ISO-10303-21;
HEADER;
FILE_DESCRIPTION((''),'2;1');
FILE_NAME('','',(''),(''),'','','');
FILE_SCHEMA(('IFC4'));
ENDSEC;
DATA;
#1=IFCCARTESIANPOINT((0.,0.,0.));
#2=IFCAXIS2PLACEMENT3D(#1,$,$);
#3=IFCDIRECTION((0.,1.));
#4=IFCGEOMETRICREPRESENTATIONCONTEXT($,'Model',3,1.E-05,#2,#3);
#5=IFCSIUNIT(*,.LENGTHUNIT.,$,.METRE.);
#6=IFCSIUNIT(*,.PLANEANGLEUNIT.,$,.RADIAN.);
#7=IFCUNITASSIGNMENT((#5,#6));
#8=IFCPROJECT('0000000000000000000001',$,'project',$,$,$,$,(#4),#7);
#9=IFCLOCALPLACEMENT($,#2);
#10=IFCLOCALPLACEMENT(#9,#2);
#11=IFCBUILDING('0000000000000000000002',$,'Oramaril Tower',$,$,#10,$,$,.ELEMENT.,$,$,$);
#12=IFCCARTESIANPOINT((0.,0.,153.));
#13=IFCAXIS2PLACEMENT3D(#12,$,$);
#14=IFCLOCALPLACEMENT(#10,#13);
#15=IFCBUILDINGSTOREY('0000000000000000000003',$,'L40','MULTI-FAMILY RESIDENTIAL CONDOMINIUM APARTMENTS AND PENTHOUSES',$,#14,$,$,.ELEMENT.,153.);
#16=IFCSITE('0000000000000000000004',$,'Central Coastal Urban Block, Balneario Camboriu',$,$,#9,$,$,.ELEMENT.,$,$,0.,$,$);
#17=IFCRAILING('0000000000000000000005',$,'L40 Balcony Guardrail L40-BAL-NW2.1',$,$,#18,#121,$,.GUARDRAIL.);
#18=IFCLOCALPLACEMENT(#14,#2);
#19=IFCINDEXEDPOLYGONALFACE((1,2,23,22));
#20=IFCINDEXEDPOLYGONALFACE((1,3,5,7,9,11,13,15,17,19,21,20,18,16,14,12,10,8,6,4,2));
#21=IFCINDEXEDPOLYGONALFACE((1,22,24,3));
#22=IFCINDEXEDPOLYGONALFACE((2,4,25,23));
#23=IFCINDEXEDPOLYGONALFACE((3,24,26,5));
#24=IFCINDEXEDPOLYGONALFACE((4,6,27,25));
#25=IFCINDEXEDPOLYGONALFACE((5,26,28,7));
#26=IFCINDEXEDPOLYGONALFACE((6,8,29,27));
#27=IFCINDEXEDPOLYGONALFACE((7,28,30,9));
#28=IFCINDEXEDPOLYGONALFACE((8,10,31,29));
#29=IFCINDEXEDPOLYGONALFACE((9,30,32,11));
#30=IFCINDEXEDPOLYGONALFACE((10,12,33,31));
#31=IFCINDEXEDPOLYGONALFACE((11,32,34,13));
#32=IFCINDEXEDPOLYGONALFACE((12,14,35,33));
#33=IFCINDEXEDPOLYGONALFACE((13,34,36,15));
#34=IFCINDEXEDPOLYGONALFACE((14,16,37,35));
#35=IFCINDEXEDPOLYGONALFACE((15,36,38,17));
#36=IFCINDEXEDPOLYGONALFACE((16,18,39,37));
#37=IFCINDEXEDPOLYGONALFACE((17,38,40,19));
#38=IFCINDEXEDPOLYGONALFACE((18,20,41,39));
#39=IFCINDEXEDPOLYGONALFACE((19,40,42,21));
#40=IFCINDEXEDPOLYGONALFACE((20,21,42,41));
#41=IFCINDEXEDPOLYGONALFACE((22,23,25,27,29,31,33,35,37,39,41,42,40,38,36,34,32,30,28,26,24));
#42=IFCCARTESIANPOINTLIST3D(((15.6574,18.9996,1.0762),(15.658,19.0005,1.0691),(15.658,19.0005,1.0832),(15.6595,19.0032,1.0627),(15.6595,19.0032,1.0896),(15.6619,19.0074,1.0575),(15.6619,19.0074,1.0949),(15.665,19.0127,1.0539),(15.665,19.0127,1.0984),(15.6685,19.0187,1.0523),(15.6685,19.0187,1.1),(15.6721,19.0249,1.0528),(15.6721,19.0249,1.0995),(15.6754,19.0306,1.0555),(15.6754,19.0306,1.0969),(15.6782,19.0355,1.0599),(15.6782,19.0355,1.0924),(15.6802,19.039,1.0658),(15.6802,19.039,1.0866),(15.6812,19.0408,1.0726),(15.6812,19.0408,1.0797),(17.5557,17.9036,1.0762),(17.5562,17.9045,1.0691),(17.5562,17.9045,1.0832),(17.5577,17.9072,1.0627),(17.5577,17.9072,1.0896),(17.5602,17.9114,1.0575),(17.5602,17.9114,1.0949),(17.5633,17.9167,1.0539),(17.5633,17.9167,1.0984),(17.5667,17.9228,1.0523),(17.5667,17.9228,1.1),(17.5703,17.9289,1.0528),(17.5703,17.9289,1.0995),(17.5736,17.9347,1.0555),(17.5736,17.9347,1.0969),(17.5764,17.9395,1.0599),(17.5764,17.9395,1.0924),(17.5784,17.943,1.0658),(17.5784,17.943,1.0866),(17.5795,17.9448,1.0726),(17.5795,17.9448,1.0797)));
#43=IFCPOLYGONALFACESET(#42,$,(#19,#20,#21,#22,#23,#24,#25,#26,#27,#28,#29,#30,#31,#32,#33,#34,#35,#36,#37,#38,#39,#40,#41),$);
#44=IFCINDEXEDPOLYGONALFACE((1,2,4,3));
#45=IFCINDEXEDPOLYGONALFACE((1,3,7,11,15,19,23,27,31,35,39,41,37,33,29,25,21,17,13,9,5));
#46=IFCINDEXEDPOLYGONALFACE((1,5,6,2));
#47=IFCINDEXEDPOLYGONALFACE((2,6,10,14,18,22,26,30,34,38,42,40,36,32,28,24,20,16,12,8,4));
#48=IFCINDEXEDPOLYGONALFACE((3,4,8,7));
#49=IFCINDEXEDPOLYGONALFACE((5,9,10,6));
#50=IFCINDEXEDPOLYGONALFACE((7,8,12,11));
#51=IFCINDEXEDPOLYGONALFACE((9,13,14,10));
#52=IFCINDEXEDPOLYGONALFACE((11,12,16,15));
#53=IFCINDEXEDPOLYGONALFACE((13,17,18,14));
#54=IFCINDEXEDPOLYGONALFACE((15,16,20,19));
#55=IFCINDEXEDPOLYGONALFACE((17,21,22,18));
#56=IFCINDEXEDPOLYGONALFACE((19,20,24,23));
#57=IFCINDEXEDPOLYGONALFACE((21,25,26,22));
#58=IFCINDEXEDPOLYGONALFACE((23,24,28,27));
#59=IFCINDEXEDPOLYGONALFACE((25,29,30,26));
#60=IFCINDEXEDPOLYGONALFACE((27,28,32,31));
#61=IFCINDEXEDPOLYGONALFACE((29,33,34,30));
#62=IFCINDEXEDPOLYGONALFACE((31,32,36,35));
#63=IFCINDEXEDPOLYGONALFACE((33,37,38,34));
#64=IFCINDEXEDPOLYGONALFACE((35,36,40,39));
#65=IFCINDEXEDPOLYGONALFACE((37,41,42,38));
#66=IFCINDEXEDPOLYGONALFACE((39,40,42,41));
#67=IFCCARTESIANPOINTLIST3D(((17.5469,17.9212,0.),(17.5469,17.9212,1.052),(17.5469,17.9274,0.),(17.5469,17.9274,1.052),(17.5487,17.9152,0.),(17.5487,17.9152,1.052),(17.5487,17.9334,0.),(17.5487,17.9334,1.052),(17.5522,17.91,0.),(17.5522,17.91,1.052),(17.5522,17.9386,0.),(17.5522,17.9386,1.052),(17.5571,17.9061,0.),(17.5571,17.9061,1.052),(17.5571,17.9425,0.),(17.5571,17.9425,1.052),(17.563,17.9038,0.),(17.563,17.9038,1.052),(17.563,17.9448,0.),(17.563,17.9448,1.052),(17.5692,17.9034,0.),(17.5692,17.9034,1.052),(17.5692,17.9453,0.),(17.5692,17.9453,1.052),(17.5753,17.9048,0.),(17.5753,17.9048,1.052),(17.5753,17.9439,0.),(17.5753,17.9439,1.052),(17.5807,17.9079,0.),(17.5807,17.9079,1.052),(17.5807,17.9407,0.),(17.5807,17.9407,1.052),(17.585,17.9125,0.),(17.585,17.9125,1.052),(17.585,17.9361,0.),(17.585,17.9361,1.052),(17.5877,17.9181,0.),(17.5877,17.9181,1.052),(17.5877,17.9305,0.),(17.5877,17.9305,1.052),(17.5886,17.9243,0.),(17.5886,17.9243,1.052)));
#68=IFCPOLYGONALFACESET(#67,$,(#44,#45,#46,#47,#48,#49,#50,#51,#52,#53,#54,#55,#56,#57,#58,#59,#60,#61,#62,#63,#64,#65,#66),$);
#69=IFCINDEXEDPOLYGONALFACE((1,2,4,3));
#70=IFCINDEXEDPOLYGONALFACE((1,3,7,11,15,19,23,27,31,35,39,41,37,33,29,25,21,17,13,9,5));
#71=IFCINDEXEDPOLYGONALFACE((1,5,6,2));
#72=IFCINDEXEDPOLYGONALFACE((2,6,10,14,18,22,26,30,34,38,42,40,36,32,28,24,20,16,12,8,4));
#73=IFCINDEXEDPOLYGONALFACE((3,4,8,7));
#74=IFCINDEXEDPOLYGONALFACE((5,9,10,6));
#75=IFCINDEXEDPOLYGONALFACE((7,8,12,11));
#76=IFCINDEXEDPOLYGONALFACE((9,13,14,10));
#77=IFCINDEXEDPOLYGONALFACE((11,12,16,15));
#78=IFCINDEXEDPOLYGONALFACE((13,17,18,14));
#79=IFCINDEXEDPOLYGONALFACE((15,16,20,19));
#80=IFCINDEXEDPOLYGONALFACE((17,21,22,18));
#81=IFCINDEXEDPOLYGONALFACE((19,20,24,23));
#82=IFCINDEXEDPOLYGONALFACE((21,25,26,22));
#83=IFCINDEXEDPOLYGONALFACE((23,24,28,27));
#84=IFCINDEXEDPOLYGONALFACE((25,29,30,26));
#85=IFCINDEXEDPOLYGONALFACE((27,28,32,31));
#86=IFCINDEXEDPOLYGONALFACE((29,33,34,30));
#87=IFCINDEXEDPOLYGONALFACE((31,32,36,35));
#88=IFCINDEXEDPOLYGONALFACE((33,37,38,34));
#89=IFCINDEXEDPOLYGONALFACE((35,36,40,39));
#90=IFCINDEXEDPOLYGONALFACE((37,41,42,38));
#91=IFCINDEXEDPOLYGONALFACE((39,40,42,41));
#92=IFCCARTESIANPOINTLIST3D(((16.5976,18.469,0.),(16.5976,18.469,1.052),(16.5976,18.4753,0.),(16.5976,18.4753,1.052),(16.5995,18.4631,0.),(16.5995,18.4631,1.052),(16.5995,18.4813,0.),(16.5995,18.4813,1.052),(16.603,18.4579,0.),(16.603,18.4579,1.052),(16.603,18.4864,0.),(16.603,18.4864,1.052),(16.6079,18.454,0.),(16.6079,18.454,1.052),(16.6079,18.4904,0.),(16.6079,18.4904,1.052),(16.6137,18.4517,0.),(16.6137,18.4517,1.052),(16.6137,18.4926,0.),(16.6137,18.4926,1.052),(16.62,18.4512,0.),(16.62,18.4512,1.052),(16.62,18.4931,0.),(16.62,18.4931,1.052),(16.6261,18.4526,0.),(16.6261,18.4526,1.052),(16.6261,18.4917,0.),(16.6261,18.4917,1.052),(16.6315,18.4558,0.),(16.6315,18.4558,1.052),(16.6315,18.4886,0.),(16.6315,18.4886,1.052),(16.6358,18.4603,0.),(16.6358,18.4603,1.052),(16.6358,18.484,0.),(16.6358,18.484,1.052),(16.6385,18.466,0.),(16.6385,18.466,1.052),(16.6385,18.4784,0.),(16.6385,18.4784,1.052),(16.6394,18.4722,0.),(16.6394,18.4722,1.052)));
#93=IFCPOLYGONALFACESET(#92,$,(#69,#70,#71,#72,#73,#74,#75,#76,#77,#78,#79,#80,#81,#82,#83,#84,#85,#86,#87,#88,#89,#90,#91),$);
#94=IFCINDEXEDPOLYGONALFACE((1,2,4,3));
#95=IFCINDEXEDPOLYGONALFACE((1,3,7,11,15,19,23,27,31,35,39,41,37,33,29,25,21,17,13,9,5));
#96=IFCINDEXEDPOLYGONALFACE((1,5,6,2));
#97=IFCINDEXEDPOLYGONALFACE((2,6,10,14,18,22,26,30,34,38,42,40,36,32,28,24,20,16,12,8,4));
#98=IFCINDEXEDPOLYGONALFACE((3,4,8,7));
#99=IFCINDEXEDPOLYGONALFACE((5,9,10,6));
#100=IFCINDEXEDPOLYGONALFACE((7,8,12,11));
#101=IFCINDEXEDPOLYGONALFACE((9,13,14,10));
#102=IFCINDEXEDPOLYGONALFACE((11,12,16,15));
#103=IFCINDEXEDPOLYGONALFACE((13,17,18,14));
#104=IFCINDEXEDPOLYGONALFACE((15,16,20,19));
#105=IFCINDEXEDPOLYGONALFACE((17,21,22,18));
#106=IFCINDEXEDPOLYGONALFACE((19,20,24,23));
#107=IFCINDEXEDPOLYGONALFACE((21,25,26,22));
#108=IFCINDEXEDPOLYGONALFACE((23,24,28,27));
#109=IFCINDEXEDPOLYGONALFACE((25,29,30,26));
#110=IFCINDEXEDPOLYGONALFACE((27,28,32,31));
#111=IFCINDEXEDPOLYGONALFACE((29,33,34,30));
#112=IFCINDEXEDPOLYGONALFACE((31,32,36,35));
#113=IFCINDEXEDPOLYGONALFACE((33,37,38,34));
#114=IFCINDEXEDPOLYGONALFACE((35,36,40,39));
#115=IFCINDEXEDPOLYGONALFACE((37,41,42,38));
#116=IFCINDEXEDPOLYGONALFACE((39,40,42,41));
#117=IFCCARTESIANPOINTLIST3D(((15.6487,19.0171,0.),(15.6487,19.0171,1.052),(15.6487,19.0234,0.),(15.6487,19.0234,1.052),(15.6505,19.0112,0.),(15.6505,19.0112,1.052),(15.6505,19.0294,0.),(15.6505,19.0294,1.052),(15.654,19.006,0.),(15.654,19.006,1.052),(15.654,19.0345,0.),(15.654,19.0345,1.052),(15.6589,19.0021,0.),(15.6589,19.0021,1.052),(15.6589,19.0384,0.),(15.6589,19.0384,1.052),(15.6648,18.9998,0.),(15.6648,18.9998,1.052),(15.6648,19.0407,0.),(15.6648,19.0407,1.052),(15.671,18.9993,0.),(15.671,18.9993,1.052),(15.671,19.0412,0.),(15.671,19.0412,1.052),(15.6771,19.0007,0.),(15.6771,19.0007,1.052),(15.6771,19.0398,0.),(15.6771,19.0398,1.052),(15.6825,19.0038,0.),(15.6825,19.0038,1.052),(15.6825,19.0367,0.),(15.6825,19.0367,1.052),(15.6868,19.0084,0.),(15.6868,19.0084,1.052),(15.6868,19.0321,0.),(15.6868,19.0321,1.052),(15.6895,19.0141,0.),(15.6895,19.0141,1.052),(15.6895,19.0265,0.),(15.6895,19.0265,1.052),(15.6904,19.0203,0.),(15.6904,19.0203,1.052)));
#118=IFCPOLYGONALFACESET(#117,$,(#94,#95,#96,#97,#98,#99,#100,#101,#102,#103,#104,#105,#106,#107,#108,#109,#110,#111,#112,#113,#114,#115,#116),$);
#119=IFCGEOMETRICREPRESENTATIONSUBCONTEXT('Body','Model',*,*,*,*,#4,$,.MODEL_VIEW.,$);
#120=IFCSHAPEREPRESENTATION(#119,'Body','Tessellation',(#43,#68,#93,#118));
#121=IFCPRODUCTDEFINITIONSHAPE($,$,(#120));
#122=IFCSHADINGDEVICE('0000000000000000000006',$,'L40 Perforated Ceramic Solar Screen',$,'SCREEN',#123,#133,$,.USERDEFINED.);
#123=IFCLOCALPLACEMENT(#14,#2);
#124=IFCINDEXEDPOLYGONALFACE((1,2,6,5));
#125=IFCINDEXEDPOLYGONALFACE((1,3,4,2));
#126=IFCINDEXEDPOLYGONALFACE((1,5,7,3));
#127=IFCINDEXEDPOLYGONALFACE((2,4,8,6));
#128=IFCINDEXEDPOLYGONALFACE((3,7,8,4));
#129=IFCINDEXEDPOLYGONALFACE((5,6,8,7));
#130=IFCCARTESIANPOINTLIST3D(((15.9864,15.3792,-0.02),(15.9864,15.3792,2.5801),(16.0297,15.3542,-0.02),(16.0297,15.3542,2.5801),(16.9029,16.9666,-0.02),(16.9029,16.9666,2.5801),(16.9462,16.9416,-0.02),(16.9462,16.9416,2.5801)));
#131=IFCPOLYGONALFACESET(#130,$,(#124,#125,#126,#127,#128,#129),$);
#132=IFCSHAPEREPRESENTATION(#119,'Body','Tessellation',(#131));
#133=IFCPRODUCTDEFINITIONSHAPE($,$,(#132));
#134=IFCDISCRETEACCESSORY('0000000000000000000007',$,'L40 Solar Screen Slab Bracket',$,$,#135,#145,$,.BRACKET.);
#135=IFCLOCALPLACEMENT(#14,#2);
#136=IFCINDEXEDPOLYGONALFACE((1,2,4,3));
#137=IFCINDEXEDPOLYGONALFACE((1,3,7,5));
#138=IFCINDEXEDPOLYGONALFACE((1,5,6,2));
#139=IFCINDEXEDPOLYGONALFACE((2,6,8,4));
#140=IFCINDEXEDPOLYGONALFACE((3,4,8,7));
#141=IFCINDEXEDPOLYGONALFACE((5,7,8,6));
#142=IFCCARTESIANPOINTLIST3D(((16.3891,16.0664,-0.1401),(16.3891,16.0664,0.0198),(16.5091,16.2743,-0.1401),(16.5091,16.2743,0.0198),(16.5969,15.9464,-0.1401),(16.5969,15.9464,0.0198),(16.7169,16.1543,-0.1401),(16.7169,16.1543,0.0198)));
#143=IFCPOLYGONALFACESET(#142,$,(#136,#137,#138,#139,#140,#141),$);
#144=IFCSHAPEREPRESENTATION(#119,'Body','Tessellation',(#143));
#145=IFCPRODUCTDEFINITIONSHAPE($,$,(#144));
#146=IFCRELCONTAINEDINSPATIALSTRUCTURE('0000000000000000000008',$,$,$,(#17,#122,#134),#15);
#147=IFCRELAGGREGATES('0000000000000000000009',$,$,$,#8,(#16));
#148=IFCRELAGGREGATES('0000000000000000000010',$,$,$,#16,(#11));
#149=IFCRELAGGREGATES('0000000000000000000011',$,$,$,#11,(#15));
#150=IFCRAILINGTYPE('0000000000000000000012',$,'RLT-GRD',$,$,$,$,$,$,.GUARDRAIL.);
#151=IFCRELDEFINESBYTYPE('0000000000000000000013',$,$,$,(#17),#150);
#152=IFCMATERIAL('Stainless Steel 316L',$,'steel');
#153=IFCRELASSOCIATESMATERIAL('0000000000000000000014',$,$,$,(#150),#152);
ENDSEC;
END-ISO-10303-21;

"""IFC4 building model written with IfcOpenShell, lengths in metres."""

from ifc_helpers import new_model, si_unit, direction, frame, origin, origin_2d, place, context, subcontext, project, spatial, rectangle, circle, extrude, material, type_object, element, save


model = new_model("IFC4")

# Units and contexts
model_context = context("Model", 3, precision=1e-05, world=origin(), true_north=direction((0.0, 1.0)))
body_context = subcontext(model_context, "Body", "Model", "MODEL_VIEW")
ifc_project = project(units=[si_unit("LENGTHUNIT", "METRE"), si_unit("PLANEANGLEUNIT", "RADIAN")], contexts=[model_context])

# Site, building, storey
site_placement = place(None, origin())
site = spatial("IfcSite", under=ifc_project, at=site_placement, Name="Central Coastal Urban Block, Balneario Camboriu", CompositionType="ELEMENT", RefElevation=0.0)
building_placement = place(site_placement, origin())
building = spatial("IfcBuilding", under=site, at=building_placement, Name="Oramaril Tower", CompositionType="ELEMENT")
storey_placement = place(building_placement, frame((0.0, 0.0, 153.0)))
storey = spatial("IfcBuildingStorey", under=building, at=storey_placement, Name="L40", Description="MULTI-FAMILY RESIDENTIAL CONDOMINIUM APARTMENTS AND PENTHOUSES", CompositionType="ELEMENT", Elevation=153.0)

# Railing
ifc_material_1 = material(Name="Stainless Steel 316L", Category="steel")
railing_type = type_object("IfcRailingType", Name="RLT-GRD", PredefinedType="GUARDRAIL", material=ifc_material_1)
railing_1_placement = place(storey_placement, frame((17.5676, 17.9243, 0.0)))
element("IfcRailing", 1, at=railing_1_placement, inside=storey, type_object=railing_type, Name="L40 Balcony Guardrail L40-BAL-NW2.1", PredefinedType="GUARDRAIL", context=body_context, shape_type="SweptSolid", body=[
    extrude(circle(Radius=0.0239, at=origin_2d()), frame((0.0, 0.0, 1.0762), z_axis=(-0.866021, 0.500008, 0.0), x_axis=(-0.500008, -0.866021, 0.0)), (0.0, 0.0, 1.0), 2.1919),
    extrude(circle(Radius=0.021, at=origin_2d()), origin(), (0.0, 0.0, 1.0), 1.052),
    extrude(circle(Radius=0.021, at=origin_2d()), frame((-0.9492, 0.5479, 0.0)), (0.0, 0.0, 1.0), 1.052),
    extrude(circle(Radius=0.021, at=origin_2d()), frame((-1.8982, 1.0959, 0.0)), (0.0, 0.0, 1.0), 1.052),
])

# Shading device
shading_device_placement = place(storey_placement, frame((16.4663, 16.1604, -0.02), z_axis=(0.0, 0.0, 1.0), x_axis=(-0.5, -0.866025, 0.0)))
element("IfcShadingDevice", 2, at=shading_device_placement, inside=storey, Name="L40 Perforated Ceramic Solar Screen", ObjectType="SCREEN", PredefinedType="USERDEFINED", context=body_context, shape_type="SweptSolid", body=[
    extrude(rectangle(XDim=1.833, YDim=0.05, at=origin_2d()), origin(), (0.0, 0.0, 1.0), 2.6001),
])

# Discrete accessory
discrete_accessory_placement = place(storey_placement, frame((16.553, 16.1104, -0.1401), z_axis=(0.0, 0.0, 1.0), x_axis=(-0.5, -0.866025, 0.0)))
element("IfcDiscreteAccessory", 3, at=discrete_accessory_placement, inside=storey, Name="L40 Solar Screen Slab Bracket", PredefinedType="BRACKET", context=body_context, shape_type="SweptSolid", body=[
    extrude(rectangle(XDim=0.24, YDim=0.24, at=origin_2d()), origin(), (0.0, 0.0, 1.0), 0.1599),
])

save(model, "model.ifc")
